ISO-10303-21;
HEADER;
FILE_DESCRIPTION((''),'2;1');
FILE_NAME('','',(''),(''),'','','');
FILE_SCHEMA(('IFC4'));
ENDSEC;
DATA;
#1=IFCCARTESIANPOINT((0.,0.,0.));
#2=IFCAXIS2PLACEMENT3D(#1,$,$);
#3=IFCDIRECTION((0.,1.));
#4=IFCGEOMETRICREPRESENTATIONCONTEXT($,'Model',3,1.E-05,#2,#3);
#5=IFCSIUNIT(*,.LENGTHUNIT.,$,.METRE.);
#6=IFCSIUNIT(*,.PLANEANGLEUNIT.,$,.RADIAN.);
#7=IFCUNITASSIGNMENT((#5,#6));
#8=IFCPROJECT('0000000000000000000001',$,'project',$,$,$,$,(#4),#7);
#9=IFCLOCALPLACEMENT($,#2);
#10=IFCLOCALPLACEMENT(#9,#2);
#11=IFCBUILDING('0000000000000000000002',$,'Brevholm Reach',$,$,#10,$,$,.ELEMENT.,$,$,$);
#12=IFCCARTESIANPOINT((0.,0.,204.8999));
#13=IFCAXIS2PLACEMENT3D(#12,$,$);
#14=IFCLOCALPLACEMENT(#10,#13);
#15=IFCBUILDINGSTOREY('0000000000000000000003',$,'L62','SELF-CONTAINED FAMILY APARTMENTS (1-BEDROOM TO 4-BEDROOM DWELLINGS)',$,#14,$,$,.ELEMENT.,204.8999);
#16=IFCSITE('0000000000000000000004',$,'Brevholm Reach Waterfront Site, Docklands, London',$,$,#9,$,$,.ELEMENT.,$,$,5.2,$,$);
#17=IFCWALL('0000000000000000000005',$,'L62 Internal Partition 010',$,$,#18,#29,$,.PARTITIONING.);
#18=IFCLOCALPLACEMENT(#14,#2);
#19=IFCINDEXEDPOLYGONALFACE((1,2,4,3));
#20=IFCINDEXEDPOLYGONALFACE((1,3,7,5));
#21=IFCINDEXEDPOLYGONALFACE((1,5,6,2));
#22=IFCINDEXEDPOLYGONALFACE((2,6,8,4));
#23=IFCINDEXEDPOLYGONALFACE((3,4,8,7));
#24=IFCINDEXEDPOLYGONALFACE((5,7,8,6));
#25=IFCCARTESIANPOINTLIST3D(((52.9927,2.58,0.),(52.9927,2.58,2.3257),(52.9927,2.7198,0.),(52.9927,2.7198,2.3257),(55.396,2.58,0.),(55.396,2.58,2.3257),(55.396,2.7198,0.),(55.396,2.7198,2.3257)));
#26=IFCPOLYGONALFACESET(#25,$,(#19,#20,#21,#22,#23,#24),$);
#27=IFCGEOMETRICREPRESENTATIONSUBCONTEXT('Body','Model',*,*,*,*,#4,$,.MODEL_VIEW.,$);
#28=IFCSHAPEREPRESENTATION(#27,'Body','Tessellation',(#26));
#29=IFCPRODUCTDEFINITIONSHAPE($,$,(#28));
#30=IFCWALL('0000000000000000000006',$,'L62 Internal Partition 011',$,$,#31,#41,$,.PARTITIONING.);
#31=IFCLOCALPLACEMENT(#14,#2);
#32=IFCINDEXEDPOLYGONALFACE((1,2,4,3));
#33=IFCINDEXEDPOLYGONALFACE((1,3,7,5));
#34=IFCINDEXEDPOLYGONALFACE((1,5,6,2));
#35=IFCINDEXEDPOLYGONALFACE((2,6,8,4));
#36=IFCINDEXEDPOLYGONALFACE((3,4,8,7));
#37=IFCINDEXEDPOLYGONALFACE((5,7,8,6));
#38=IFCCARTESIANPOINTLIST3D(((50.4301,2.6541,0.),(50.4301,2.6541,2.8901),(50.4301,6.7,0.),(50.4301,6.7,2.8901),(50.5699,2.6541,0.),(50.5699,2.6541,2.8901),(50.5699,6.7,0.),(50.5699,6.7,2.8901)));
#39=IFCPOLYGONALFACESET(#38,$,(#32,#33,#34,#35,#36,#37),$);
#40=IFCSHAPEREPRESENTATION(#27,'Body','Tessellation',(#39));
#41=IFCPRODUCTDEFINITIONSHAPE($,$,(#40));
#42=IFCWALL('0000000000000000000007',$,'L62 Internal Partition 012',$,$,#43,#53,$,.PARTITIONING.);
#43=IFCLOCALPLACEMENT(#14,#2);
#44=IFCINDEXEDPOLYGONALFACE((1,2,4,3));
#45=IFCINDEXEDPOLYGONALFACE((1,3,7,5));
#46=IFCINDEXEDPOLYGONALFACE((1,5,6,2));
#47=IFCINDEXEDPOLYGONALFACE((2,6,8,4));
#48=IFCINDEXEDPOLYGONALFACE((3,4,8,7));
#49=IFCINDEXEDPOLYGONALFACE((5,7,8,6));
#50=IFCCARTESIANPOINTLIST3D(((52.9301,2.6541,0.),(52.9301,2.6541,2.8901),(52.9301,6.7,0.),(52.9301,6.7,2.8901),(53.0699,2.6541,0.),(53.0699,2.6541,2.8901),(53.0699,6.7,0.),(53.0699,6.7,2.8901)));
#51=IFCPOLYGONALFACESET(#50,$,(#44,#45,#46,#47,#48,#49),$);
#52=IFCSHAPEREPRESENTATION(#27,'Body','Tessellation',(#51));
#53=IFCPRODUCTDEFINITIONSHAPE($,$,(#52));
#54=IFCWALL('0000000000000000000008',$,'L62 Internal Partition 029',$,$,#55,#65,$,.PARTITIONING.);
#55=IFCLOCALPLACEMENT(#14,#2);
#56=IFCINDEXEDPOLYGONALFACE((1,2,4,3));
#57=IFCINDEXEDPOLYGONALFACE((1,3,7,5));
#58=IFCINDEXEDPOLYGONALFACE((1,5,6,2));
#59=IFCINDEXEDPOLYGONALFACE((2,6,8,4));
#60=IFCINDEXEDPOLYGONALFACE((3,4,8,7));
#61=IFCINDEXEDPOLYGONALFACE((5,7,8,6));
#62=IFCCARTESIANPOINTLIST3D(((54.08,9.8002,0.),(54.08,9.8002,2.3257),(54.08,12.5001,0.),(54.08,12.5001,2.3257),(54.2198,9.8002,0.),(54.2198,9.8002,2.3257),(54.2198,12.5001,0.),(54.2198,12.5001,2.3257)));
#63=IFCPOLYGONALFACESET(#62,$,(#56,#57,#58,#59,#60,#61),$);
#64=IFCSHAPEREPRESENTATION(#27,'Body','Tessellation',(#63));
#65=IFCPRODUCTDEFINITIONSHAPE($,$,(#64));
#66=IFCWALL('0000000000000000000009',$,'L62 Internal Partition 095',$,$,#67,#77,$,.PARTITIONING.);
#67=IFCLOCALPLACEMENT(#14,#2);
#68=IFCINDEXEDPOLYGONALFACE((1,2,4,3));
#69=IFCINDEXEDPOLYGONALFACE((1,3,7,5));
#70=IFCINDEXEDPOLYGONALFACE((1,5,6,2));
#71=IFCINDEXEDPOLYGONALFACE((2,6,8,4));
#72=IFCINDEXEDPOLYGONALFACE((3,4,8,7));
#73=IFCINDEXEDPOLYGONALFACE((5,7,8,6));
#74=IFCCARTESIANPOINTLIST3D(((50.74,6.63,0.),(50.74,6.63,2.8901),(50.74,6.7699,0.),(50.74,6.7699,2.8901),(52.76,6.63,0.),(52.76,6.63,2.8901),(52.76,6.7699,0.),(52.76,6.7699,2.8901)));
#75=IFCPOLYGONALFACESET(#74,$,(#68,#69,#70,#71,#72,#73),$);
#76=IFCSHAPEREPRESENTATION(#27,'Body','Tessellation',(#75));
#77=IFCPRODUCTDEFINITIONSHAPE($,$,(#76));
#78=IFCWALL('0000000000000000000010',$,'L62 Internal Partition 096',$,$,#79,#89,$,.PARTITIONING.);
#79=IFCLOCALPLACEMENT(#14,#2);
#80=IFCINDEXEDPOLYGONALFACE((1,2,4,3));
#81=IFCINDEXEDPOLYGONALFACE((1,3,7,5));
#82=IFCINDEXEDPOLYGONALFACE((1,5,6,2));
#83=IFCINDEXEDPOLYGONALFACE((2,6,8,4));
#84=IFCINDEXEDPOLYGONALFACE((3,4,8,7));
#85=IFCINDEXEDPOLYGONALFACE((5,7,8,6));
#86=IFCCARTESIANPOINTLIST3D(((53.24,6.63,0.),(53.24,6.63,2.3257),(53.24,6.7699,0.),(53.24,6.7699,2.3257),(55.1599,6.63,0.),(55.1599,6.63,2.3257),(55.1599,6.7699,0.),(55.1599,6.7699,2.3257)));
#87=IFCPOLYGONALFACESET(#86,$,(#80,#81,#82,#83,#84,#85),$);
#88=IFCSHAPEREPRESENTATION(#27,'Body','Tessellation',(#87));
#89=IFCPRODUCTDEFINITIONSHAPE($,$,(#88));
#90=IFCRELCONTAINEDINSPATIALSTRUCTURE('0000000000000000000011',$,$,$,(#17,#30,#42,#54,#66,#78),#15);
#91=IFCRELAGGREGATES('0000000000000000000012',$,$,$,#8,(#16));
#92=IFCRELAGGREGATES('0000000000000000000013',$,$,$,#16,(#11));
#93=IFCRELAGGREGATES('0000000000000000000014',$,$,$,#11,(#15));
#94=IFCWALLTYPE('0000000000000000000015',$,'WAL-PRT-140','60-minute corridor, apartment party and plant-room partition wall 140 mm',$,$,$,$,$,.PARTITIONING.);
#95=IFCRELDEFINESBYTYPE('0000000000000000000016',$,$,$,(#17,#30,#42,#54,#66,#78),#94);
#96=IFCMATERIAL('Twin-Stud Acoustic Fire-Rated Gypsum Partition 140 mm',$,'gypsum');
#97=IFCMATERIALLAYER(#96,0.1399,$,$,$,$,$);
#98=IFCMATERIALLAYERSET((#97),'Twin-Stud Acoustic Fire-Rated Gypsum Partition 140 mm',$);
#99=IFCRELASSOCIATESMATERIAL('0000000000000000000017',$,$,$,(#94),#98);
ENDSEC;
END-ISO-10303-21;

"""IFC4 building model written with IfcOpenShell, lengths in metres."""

from ifc_helpers import new_model, si_unit, direction, frame, frame_2d, origin, place, context, subcontext, project, spatial, rectangle, extrude, material, layer, layer_set, type_object, element, save


model = new_model("IFC4")

# Units and contexts
model_context = context("Model", 3, precision=1e-05, world=origin(), true_north=direction((0.0, 1.0)))
body_context = subcontext(model_context, "Body", "Model", "MODEL_VIEW")
ifc_project = project(units=[si_unit("LENGTHUNIT", "METRE"), si_unit("PLANEANGLEUNIT", "RADIAN")], contexts=[model_context])

# Site, building, storey
site_placement = place(None, origin())
site = spatial("IfcSite", under=ifc_project, at=site_placement, Name="Brevholm Reach Waterfront Site, Docklands, London", CompositionType="ELEMENT", RefElevation=5.2)
building_placement = place(site_placement, origin())
building = spatial("IfcBuilding", under=site, at=building_placement, Name="Brevholm Reach", CompositionType="ELEMENT")
storey_placement = place(building_placement, frame((0.0, 0.0, 204.8999)))
storey = spatial("IfcBuildingStorey", under=building, at=storey_placement, Name="L62", Description="SELF-CONTAINED FAMILY APARTMENTS (1-BEDROOM TO 4-BEDROOM DWELLINGS)", CompositionType="ELEMENT", Elevation=204.8999)

# Shared definitions
ifc_material_1 = material(Name="Twin-Stud Acoustic Fire-Rated Gypsum Partition 140 mm", Category="gypsum")
ifc_layer_1 = layer(ifc_material_1, 0.1399)
ifc_layer_set_1 = layer_set([ifc_layer_1], Name="Twin-Stud Acoustic Fire-Rated Gypsum Partition 140 mm")
wall_type_1 = type_object("IfcWallType", Name="WAL-PRT-140", Description="60-minute corridor, apartment party and plant-room partition wall 140 mm", PredefinedType="PARTITIONING", material=ifc_layer_set_1)

# Walls
wall_1_placement = place(storey_placement, frame((52.9927, 2.6499, 0.0), z_axis=(0.0, 0.0, 1.0), x_axis=(1.0, 0.0, 0.0)))
element("IfcWall", 1, at=wall_1_placement, inside=storey, type_object=wall_type_1, Name="L62 Internal Partition 010", PredefinedType="PARTITIONING", context=body_context, shape_type="SweptSolid", body=[
    extrude(rectangle(XDim=2.4033, YDim=0.1399, at=frame_2d((1.2017, 0.0))), origin(), (0.0, 0.0, 1.0), 2.3257),
])
for number, where, z_axis, x_axis, name in (
    (2, (50.5, 2.6541, 0.0), (0.0, 0.0, 1.0), (0.0, 1.0, 0.0), "L62 Internal Partition 011"),
    (3, (53.0, 2.6541, 0.0), (0.0, 0.0, 1.0), (0.0, 1.0, 0.0), "L62 Internal Partition 012"),
):
    element("IfcWall", number, at=place(storey_placement, frame(where, z_axis=z_axis, x_axis=x_axis)), inside=storey, type_object=wall_type_1, Name=name, PredefinedType="PARTITIONING", context=body_context, shape_type="SweptSolid", body=[
        extrude(rectangle(XDim=4.0459, YDim=0.1399, at=frame_2d((2.0229, 0.0))), origin(), (0.0, 0.0, 1.0), 2.8901),
    ])
wall_2_placement = place(storey_placement, frame((54.1499, 9.8, 0.0), z_axis=(0.0, 0.0, 1.0), x_axis=(0.0, 1.0, 0.0)))
element("IfcWall", 4, at=wall_2_placement, inside=storey, type_object=wall_type_1, Name="L62 Internal Partition 029", PredefinedType="PARTITIONING", context=body_context, shape_type="SweptSolid", body=[
    extrude(rectangle(XDim=2.7, YDim=0.1399, at=frame_2d((1.3501, 0.0))), origin(), (0.0, 0.0, 1.0), 2.3257),
])
wall_3_placement = place(storey_placement, frame((50.74, 6.7, 0.0), z_axis=(0.0, 0.0, 1.0), x_axis=(1.0, 0.0, 0.0)))
element("IfcWall", 5, at=wall_3_placement, inside=storey, type_object=wall_type_1, Name="L62 Internal Partition 095", PredefinedType="PARTITIONING", context=body_context, shape_type="SweptSolid", body=[
    extrude(rectangle(XDim=2.02, YDim=0.1399, at=frame_2d((1.01, 0.0))), origin(), (0.0, 0.0, 1.0), 2.8901),
])
wall_4_placement = place(storey_placement, frame((53.24, 6.7, 0.0), z_axis=(0.0, 0.0, 1.0), x_axis=(1.0, 0.0, 0.0)))
element("IfcWall", 6, at=wall_4_placement, inside=storey, type_object=wall_type_1, Name="L62 Internal Partition 096", PredefinedType="PARTITIONING", context=body_context, shape_type="SweptSolid", body=[
    extrude(rectangle(XDim=1.9199, YDim=0.1399, at=frame_2d((0.96, 0.0))), origin(), (0.0, 0.0, 1.0), 2.3257),
])

save(model, "model.ifc")
